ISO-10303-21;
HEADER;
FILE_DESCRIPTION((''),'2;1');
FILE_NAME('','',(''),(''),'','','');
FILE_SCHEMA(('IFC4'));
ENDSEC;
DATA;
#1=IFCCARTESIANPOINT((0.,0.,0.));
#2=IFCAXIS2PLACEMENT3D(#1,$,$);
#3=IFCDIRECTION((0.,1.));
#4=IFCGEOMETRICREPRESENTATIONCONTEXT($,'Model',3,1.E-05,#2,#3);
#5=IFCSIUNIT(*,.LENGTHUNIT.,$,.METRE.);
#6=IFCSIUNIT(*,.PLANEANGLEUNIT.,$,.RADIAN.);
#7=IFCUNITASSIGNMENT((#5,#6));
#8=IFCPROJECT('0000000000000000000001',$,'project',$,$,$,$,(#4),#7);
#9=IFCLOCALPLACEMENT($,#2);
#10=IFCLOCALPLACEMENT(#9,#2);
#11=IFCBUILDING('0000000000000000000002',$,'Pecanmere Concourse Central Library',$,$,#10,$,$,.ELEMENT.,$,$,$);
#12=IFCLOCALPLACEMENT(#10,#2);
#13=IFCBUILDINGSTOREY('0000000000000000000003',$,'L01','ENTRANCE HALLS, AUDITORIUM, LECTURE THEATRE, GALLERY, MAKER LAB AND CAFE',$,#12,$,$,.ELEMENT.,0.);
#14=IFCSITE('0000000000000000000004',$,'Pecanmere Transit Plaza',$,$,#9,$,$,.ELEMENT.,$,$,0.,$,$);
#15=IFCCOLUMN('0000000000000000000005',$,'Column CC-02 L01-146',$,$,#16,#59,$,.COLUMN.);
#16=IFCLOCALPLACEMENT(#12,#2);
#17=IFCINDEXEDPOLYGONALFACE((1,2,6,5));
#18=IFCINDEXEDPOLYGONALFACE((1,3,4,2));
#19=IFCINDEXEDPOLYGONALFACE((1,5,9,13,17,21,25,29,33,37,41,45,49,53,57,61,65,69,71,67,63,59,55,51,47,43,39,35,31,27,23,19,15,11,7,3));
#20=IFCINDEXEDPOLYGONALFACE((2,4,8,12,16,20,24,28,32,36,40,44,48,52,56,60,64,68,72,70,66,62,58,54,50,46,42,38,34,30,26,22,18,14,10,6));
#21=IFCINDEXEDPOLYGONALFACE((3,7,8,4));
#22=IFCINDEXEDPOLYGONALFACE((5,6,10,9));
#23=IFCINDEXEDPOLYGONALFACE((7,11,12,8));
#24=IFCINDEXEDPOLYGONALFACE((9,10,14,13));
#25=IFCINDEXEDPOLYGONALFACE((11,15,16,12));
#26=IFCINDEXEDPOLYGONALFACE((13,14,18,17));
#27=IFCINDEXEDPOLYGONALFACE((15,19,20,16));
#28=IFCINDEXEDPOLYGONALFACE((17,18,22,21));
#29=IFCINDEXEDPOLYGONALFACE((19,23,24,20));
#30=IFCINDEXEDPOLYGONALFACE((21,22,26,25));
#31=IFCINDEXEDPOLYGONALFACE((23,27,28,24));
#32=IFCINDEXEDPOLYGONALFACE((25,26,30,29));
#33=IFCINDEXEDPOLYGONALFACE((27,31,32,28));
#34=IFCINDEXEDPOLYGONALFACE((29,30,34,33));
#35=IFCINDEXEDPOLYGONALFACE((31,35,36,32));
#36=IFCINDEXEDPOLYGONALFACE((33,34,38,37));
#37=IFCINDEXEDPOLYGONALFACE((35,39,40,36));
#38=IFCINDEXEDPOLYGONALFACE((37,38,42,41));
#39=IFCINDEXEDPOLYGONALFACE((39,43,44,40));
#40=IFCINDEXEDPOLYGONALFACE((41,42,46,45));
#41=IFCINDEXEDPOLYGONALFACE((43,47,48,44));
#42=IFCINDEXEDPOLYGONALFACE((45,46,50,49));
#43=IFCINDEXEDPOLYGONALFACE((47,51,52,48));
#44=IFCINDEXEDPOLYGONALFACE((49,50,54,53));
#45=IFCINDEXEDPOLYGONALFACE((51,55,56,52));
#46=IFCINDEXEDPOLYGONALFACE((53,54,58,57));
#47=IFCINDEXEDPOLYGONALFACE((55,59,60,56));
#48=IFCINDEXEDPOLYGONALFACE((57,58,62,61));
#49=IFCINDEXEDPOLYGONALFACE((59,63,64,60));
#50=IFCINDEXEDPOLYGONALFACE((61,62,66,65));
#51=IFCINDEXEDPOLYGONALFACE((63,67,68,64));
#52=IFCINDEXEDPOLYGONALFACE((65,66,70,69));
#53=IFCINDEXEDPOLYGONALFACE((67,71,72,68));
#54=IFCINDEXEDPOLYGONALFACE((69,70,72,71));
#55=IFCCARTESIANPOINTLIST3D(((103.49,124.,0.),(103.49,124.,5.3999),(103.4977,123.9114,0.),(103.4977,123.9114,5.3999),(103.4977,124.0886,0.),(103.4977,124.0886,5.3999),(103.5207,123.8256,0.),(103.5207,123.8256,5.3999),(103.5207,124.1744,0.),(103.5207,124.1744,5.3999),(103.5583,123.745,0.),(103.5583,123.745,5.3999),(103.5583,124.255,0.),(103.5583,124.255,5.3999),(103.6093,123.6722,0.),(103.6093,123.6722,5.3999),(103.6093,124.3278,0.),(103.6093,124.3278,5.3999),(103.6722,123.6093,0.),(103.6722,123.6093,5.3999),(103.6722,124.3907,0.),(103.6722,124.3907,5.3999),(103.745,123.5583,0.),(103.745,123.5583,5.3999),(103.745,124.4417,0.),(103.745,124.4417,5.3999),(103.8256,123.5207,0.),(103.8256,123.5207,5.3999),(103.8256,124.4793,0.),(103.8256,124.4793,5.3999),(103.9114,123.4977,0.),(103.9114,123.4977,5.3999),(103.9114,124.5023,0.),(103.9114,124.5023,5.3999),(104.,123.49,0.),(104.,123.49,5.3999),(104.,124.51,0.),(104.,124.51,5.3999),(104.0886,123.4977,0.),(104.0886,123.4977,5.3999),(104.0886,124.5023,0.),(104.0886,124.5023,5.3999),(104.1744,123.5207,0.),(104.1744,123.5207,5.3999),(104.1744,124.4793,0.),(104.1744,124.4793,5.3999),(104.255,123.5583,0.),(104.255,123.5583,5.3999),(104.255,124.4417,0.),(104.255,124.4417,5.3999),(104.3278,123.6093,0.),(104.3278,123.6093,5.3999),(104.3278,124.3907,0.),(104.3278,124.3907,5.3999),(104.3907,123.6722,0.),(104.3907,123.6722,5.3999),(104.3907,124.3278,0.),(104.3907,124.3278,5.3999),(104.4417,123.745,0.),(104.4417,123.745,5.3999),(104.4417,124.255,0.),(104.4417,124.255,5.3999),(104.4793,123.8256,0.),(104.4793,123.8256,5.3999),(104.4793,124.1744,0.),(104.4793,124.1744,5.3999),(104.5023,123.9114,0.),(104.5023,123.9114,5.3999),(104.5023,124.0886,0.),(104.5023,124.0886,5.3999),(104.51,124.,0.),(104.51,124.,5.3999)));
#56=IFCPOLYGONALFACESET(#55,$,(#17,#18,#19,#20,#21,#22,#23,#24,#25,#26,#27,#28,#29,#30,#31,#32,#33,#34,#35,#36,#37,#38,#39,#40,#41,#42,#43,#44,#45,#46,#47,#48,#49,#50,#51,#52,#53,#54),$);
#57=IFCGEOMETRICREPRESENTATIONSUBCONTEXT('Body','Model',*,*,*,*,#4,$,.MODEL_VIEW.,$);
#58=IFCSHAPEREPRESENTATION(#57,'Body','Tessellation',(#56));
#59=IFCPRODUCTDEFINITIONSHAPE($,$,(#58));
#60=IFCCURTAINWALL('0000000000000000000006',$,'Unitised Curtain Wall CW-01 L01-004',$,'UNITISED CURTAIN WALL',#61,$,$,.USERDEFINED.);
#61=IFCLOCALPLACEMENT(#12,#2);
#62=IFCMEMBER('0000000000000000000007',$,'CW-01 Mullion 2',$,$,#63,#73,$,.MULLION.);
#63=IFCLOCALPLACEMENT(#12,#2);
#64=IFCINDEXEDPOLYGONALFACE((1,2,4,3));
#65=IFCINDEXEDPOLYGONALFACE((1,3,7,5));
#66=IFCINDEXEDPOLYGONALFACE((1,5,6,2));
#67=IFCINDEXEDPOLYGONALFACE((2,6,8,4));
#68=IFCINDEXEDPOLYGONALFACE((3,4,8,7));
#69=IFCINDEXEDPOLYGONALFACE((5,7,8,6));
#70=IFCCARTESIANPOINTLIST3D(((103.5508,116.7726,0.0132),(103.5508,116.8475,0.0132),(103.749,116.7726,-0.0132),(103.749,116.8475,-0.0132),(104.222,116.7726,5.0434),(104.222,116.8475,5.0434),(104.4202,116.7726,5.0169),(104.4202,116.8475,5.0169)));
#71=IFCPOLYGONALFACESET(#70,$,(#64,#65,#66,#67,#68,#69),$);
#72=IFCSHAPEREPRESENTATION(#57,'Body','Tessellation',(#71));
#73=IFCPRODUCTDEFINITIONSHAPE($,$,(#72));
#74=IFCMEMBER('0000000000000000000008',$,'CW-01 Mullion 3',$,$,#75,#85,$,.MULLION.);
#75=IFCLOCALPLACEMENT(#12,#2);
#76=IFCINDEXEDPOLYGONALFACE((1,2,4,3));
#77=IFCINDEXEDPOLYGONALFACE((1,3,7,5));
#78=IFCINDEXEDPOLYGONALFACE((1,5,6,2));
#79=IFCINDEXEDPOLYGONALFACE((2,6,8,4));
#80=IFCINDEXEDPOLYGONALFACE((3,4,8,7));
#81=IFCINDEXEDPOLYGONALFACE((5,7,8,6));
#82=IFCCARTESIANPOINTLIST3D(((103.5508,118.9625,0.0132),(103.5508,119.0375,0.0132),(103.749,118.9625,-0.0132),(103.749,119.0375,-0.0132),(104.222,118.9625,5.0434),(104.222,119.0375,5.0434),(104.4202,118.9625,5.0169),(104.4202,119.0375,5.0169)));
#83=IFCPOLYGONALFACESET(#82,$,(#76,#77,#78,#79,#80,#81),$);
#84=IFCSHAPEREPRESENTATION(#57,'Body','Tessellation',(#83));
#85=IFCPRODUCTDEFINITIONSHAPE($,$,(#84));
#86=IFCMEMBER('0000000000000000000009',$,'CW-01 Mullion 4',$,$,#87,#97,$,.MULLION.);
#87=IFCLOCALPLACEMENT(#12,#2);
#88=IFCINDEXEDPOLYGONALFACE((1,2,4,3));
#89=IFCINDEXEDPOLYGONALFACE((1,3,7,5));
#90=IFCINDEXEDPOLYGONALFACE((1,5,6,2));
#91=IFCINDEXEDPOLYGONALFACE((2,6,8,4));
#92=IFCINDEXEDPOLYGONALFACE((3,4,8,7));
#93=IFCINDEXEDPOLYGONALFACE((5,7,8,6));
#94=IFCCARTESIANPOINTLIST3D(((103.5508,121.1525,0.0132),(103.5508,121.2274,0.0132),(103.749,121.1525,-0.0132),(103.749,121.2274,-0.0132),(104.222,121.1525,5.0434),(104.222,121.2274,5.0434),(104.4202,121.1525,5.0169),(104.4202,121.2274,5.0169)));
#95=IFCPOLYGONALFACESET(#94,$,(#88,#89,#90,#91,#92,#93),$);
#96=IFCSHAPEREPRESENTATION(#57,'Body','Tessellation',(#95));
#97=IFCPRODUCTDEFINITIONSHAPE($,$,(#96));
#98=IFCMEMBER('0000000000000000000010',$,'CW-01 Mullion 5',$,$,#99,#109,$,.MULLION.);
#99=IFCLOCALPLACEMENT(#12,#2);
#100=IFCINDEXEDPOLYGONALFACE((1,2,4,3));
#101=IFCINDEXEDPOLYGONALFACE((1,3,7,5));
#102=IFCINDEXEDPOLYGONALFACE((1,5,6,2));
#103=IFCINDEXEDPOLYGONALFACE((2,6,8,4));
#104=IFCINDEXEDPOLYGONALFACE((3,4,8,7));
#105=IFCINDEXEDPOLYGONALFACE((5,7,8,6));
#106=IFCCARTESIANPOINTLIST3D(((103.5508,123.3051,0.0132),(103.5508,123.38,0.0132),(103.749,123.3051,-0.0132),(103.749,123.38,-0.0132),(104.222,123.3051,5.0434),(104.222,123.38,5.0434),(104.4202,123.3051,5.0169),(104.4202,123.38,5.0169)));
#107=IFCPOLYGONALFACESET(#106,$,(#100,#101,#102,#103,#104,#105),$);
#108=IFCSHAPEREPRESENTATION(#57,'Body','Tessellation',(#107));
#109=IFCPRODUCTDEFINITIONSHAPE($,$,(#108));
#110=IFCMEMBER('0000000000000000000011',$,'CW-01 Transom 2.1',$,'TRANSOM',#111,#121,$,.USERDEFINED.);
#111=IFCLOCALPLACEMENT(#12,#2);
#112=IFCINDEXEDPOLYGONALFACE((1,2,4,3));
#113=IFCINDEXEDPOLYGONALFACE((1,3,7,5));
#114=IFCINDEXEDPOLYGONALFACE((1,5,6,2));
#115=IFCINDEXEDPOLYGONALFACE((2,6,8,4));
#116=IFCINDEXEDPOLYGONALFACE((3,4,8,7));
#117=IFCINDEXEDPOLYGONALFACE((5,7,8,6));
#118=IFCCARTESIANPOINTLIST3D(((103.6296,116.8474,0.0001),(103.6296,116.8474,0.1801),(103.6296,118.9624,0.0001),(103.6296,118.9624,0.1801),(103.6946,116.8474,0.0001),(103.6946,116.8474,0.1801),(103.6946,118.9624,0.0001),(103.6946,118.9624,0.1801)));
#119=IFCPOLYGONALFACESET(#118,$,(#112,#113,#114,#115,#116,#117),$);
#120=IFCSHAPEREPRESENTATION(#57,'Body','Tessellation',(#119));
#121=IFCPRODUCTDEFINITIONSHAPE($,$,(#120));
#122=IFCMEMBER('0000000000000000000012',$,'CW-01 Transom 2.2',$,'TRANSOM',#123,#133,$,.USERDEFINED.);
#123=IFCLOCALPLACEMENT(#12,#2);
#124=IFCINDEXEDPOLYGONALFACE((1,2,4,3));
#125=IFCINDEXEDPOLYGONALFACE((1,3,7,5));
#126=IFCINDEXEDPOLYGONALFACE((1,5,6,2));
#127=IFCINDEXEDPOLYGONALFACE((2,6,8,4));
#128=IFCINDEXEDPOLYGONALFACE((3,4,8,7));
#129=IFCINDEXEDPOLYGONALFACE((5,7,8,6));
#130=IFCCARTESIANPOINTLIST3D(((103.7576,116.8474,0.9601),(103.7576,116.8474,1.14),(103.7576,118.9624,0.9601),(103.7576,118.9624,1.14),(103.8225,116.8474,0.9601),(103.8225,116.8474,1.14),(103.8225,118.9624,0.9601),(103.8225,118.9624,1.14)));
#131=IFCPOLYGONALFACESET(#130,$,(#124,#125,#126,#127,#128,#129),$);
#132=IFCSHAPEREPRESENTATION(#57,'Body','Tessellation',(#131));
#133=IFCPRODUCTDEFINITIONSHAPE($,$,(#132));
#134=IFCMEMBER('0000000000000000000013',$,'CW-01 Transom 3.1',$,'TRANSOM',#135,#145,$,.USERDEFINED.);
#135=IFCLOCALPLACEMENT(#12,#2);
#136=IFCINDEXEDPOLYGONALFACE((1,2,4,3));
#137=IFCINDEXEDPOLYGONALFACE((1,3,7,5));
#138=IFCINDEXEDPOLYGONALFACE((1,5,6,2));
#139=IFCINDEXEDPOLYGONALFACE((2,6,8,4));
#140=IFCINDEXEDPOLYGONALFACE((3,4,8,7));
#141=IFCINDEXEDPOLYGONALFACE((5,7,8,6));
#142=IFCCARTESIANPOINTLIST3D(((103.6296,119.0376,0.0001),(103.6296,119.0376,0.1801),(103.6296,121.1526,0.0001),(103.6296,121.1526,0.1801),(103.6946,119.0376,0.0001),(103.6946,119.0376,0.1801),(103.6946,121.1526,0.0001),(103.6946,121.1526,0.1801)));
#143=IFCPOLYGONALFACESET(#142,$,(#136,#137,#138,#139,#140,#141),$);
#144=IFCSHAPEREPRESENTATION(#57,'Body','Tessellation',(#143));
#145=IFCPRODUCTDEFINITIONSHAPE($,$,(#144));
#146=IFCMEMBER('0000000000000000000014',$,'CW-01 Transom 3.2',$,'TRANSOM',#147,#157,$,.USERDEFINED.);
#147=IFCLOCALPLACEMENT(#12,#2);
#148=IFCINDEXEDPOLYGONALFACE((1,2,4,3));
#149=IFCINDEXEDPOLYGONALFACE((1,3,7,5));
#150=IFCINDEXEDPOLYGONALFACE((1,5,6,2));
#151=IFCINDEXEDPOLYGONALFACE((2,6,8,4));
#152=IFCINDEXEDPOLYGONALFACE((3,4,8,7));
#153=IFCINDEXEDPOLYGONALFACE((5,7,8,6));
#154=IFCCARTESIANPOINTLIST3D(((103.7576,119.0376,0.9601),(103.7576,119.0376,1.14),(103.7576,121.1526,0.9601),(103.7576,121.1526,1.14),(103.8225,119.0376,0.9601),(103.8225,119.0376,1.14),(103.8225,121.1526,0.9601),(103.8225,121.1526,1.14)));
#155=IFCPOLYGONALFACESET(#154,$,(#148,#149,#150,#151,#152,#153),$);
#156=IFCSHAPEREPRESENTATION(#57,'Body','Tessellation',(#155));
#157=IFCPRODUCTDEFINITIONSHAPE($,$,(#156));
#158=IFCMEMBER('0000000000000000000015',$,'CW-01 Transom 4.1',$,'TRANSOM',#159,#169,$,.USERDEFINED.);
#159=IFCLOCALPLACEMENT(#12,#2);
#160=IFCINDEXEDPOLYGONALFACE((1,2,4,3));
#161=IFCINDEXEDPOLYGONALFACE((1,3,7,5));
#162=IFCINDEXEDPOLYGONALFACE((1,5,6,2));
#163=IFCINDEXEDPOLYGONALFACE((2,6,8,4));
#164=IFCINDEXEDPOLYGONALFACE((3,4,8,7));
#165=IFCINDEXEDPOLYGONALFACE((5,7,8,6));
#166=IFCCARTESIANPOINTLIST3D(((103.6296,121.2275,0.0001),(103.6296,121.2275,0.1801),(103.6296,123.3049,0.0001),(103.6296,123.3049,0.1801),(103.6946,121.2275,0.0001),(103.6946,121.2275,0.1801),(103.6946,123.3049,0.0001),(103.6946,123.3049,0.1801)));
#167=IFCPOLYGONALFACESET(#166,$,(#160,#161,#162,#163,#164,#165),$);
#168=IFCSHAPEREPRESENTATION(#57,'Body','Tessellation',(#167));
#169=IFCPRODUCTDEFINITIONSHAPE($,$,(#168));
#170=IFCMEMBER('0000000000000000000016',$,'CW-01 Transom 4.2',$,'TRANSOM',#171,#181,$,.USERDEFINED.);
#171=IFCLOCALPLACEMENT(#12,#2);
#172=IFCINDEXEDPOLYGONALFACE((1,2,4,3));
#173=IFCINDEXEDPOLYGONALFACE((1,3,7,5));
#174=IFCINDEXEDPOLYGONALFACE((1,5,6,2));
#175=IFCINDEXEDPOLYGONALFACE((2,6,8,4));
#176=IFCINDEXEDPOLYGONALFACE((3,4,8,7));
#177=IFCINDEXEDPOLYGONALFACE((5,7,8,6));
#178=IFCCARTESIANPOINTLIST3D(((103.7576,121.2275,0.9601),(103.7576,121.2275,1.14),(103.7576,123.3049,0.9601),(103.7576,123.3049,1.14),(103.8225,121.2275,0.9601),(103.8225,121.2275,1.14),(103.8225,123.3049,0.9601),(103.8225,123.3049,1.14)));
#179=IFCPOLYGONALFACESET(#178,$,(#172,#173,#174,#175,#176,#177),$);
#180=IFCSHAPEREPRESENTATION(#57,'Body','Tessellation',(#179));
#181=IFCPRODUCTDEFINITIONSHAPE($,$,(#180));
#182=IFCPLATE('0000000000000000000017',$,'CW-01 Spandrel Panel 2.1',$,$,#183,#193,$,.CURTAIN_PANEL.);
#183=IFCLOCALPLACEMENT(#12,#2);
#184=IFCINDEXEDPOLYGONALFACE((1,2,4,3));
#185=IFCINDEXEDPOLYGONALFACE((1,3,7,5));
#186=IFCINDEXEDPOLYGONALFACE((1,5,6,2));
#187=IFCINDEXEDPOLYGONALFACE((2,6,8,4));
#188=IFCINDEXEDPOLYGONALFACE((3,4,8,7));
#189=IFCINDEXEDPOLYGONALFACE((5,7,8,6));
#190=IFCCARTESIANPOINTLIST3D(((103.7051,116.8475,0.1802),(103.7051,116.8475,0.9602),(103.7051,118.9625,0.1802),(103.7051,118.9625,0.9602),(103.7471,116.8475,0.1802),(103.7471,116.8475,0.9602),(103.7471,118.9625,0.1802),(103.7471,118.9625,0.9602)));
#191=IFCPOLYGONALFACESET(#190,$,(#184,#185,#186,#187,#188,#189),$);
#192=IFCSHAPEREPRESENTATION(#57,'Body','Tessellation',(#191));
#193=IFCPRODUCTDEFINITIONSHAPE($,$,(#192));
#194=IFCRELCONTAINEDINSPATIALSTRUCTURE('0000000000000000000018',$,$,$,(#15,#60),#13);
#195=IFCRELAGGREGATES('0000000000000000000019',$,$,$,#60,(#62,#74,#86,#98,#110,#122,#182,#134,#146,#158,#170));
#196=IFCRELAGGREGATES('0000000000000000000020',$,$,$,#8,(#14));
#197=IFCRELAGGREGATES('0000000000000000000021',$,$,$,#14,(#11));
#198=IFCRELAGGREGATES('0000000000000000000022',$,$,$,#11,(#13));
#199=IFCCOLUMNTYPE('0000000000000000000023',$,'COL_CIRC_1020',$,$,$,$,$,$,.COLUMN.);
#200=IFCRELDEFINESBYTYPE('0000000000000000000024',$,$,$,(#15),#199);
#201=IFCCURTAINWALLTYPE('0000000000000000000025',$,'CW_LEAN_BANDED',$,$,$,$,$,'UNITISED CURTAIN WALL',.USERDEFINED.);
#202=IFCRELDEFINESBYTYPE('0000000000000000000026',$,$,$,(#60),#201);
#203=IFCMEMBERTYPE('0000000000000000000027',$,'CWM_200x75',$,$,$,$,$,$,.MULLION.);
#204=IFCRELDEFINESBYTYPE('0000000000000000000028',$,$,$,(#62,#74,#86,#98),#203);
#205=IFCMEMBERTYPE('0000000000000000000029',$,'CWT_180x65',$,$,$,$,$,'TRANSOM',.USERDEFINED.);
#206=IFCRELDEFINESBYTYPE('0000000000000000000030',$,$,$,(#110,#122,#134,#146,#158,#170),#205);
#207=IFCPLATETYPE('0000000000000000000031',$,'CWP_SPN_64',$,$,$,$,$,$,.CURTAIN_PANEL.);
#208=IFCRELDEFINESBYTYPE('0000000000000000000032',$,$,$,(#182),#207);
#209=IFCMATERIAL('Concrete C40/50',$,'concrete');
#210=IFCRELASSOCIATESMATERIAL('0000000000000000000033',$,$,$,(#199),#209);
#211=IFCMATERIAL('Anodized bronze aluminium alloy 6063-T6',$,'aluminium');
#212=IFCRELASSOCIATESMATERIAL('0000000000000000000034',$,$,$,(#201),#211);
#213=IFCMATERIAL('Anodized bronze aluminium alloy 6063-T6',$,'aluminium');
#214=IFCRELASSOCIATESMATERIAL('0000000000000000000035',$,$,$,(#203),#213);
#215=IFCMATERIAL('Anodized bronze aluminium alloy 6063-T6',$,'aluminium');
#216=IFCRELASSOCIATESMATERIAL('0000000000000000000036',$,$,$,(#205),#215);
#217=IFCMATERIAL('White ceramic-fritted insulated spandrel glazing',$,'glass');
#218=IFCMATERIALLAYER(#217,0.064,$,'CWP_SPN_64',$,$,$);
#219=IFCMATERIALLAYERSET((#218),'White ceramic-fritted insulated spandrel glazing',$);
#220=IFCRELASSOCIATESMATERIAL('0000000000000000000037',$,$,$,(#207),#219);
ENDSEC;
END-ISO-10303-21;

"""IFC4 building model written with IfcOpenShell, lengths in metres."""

from ifc_helpers import new_model, si_unit, direction, frame, origin, origin_2d, place, context, subcontext, project, spatial, rectangle, circle, extrude, material, layer, layer_set, material_profile, profile_set, type_object, element, aggregate, save


model = new_model("IFC4")

# Units and contexts
model_context = context("Model", 3, precision=1e-05, world=origin(), true_north=direction((0.0, 1.0)))
body_context = subcontext(model_context, "Body", "Model", "MODEL_VIEW")
ifc_project = project(units=[si_unit("LENGTHUNIT", "METRE"), si_unit("PLANEANGLEUNIT", "RADIAN")], contexts=[model_context])

# Site, building, storey
site_placement = place(None, origin())
site = spatial("IfcSite", under=ifc_project, at=site_placement, Name="Pecanmere Transit Plaza", CompositionType="ELEMENT", RefElevation=0.0)
building_placement = place(site_placement, origin())
building = spatial("IfcBuilding", under=site, at=building_placement, Name="Pecanmere Concourse Central Library", CompositionType="ELEMENT")
storey_placement = place(building_placement, origin())
storey = spatial("IfcBuildingStorey", under=building, at=storey_placement, Name="L01", Description="ENTRANCE HALLS, AUDITORIUM, LECTURE THEATRE, GALLERY, MAKER LAB AND CAFE", CompositionType="ELEMENT", Elevation=0.0)

# Column
ifc_material_1 = material(Name="Concrete C40/50", Category="concrete")
ifc_material_profile_1 = material_profile(ifc_material_1, circle(Radius=0.51, at=origin_2d()), Name="RC D1020")
ifc_profile_set_1 = profile_set([ifc_material_profile_1], Name="Concrete C40/50")
column_type = type_object("IfcColumnType", Name="COL_CIRC_1020", PredefinedType="COLUMN", material=ifc_profile_set_1)
column_placement = place(storey_placement, frame((104.0, 124.0, 0.0), z_axis=(0.0, 0.0, 1.0), x_axis=(1.0, 0.0, 0.0)))
element("IfcColumn", 1, at=column_placement, inside=storey, type_object=column_type, Name="Column CC-02 L01-146", PredefinedType="COLUMN", context=body_context, shape_type="SweptSolid", body=[
    extrude(circle(Radius=0.51, at=origin_2d()), origin(), (0.0, 0.0, 1.0), 5.3999),
])

# Curtain wall, members, plate
ifc_material_2 = material(Name="Anodized bronze aluminium alloy 6063-T6", Category="aluminium")
curtain_wall_type = type_object("IfcCurtainWallType", Name="CW_LEAN_BANDED", ElementType="UNITISED CURTAIN WALL", PredefinedType="USERDEFINED", material=ifc_material_2)
curtain_wall_placement = place(storey_placement, origin())
curtain_wall = element("IfcCurtainWall", 2, at=curtain_wall_placement, inside=storey, type_object=curtain_wall_type, Name="Unitised Curtain Wall CW-01 L01-004", ObjectType="UNITISED CURTAIN WALL", PredefinedType="USERDEFINED")
ifc_material_3 = material(Name="Anodized bronze aluminium alloy 6063-T6", Category="aluminium")
ifc_material_profile_2 = material_profile(ifc_material_3, rectangle(XDim=0.075, YDim=0.2, at=origin_2d()), Name="AL 75x200")
ifc_profile_set_2 = profile_set([ifc_material_profile_2], Name="Anodized bronze aluminium alloy 6063-T6")
member_type_1 = type_object("IfcMemberType", Name="CWM_200x75", PredefinedType="MULLION", material=ifc_profile_set_2)
member_1_placement = place(storey_placement, frame((103.6499, 116.8101, 0.0), z_axis=(0.132255, 0.0, 0.991216), x_axis=(0.0, 1.0, 0.0)))
member_1 = element("IfcMember", 3, at=member_1_placement, type_object=member_type_1, Name="CW-01 Mullion 2", PredefinedType="MULLION", context=body_context, shape_type="SweptSolid", body=[
    extrude(rectangle(XDim=0.075, YDim=0.2, at=origin_2d()), origin(), (0.0, 0.0, 1.0), 5.0747),
])
member_2_placement = place(storey_placement, frame((103.6499, 119.0, 0.0), z_axis=(0.132255, 0.0, 0.991216), x_axis=(0.0, 1.0, 0.0)))
member_2 = element("IfcMember", 4, at=member_2_placement, type_object=member_type_1, Name="CW-01 Mullion 3", PredefinedType="MULLION", context=body_context, shape_type="SweptSolid", body=[
    extrude(rectangle(XDim=0.075, YDim=0.2, at=origin_2d()), origin(), (0.0, 0.0, 1.0), 5.0747),
])
member_3_placement = place(storey_placement, frame((103.6499, 121.1899, 0.0), z_axis=(0.132255, 0.0, 0.991216), x_axis=(0.0, 1.0, 0.0)))
member_3 = element("IfcMember", 5, at=member_3_placement, type_object=member_type_1, Name="CW-01 Mullion 4", PredefinedType="MULLION", context=body_context, shape_type="SweptSolid", body=[
    extrude(rectangle(XDim=0.075, YDim=0.2, at=origin_2d()), origin(), (0.0, 0.0, 1.0), 5.0747),
])
member_4_placement = place(storey_placement, frame((103.6499, 123.3425, 0.0), z_axis=(0.132255, 0.0, 0.991216), x_axis=(0.0, 1.0, 0.0)))
member_4 = element("IfcMember", 6, at=member_4_placement, type_object=member_type_1, Name="CW-01 Mullion 5", PredefinedType="MULLION", context=body_context, shape_type="SweptSolid", body=[
    extrude(rectangle(XDim=0.075, YDim=0.2, at=origin_2d()), origin(), (0.0, 0.0, 1.0), 5.0747),
])
ifc_material_4 = material(Name="Anodized bronze aluminium alloy 6063-T6", Category="aluminium")
ifc_material_profile_3 = material_profile(ifc_material_4, rectangle(XDim=0.0649, YDim=0.1799, at=origin_2d()), Name="AL 65x180")
ifc_profile_set_3 = profile_set([ifc_material_profile_3], Name="Anodized bronze aluminium alloy 6063-T6")
member_type_2 = type_object("IfcMemberType", Name="CWT_180x65", ElementType="TRANSOM", PredefinedType="USERDEFINED", material=ifc_profile_set_3)
member_5_placement = place(storey_placement, frame((103.6621, 116.8474, 0.0901), z_axis=(0.0, 1.0, 0.0), x_axis=(-1.0, 0.0, 0.0)))
member_5 = element("IfcMember", 7, at=member_5_placement, type_object=member_type_2, Name="CW-01 Transom 2.1", ObjectType="TRANSOM", PredefinedType="USERDEFINED", context=body_context, shape_type="SweptSolid", body=[
    extrude(rectangle(XDim=0.0649, YDim=0.1799, at=origin_2d()), origin(), (0.0, 0.0, 1.0), 2.115),
])
member_6_placement = place(storey_placement, frame((103.79, 116.8474, 1.05), z_axis=(0.0, 1.0, 0.0), x_axis=(-1.0, 0.0, 0.0)))
member_6 = element("IfcMember", 8, at=member_6_placement, type_object=member_type_2, Name="CW-01 Transom 2.2", ObjectType="TRANSOM", PredefinedType="USERDEFINED", context=body_context, shape_type="SweptSolid", body=[
    extrude(rectangle(XDim=0.0649, YDim=0.1799, at=origin_2d()), origin(), (0.0, 0.0, 1.0), 2.115),
])
member_7_placement = place(storey_placement, frame((103.6621, 119.0376, 0.0901), z_axis=(0.0, 1.0, 0.0), x_axis=(-1.0, 0.0, 0.0)))
member_7 = element("IfcMember", 9, at=member_7_placement, type_object=member_type_2, Name="CW-01 Transom 3.1", ObjectType="TRANSOM", PredefinedType="USERDEFINED", context=body_context, shape_type="SweptSolid", body=[
    extrude(rectangle(XDim=0.0649, YDim=0.1799, at=origin_2d()), origin(), (0.0, 0.0, 1.0), 2.115),
])
member_8_placement = place(storey_placement, frame((103.79, 119.0376, 1.05), z_axis=(0.0, 1.0, 0.0), x_axis=(-1.0, 0.0, 0.0)))
member_8 = element("IfcMember", 10, at=member_8_placement, type_object=member_type_2, Name="CW-01 Transom 3.2", ObjectType="TRANSOM", PredefinedType="USERDEFINED", context=body_context, shape_type="SweptSolid", body=[
    extrude(rectangle(XDim=0.0649, YDim=0.1799, at=origin_2d()), origin(), (0.0, 0.0, 1.0), 2.115),
])
member_9_placement = place(storey_placement, frame((103.6621, 121.2275, 0.0901), z_axis=(0.0, 1.0, 0.0), x_axis=(-1.0, 0.0, 0.0)))
member_9 = element("IfcMember", 11, at=member_9_placement, type_object=member_type_2, Name="CW-01 Transom 4.1", ObjectType="TRANSOM", PredefinedType="USERDEFINED", context=body_context, shape_type="SweptSolid", body=[
    extrude(rectangle(XDim=0.0649, YDim=0.1799, at=origin_2d()), origin(), (0.0, 0.0, 1.0), 2.0774),
])
member_10_placement = place(storey_placement, frame((103.79, 121.2275, 1.05), z_axis=(0.0, 1.0, 0.0), x_axis=(-1.0, 0.0, 0.0)))
member_10 = element("IfcMember", 12, at=member_10_placement, type_object=member_type_2, Name="CW-01 Transom 4.2", ObjectType="TRANSOM", PredefinedType="USERDEFINED", context=body_context, shape_type="SweptSolid", body=[
    extrude(rectangle(XDim=0.0649, YDim=0.1799, at=origin_2d()), origin(), (0.0, 0.0, 1.0), 2.0774),
])
ifc_material_5 = material(Name="White ceramic-fritted insulated spandrel glazing", Category="glass")
ifc_layer_1 = layer(ifc_material_5, 0.064, Name="CWP_SPN_64")
ifc_layer_set_1 = layer_set([ifc_layer_1], Name="White ceramic-fritted insulated spandrel glazing")
plate_type_1 = type_object("IfcPlateType", Name="CWP_SPN_64", PredefinedType="CURTAIN_PANEL", material=ifc_layer_set_1)
plate_1_placement = place(storey_placement, frame((103.7261, 117.905, 0.1802), z_axis=(0.0, 0.0, 1.0), x_axis=(0.0, 1.0, 0.0)))
plate_1 = element("IfcPlate", 13, at=plate_1_placement, type_object=plate_type_1, Name="CW-01 Spandrel Panel 2.1", PredefinedType="CURTAIN_PANEL", context=body_context, shape_type="SweptSolid", body=[
    extrude(rectangle(XDim=2.115, YDim=0.042, at=origin_2d()), origin(), (0.0, 0.0, 1.0), 0.78),
])
aggregate(curtain_wall, [member_1, member_2, member_3, member_4, member_5, member_6, plate_1, member_7, member_8, member_9, member_10])

save(model, "model.ifc")
